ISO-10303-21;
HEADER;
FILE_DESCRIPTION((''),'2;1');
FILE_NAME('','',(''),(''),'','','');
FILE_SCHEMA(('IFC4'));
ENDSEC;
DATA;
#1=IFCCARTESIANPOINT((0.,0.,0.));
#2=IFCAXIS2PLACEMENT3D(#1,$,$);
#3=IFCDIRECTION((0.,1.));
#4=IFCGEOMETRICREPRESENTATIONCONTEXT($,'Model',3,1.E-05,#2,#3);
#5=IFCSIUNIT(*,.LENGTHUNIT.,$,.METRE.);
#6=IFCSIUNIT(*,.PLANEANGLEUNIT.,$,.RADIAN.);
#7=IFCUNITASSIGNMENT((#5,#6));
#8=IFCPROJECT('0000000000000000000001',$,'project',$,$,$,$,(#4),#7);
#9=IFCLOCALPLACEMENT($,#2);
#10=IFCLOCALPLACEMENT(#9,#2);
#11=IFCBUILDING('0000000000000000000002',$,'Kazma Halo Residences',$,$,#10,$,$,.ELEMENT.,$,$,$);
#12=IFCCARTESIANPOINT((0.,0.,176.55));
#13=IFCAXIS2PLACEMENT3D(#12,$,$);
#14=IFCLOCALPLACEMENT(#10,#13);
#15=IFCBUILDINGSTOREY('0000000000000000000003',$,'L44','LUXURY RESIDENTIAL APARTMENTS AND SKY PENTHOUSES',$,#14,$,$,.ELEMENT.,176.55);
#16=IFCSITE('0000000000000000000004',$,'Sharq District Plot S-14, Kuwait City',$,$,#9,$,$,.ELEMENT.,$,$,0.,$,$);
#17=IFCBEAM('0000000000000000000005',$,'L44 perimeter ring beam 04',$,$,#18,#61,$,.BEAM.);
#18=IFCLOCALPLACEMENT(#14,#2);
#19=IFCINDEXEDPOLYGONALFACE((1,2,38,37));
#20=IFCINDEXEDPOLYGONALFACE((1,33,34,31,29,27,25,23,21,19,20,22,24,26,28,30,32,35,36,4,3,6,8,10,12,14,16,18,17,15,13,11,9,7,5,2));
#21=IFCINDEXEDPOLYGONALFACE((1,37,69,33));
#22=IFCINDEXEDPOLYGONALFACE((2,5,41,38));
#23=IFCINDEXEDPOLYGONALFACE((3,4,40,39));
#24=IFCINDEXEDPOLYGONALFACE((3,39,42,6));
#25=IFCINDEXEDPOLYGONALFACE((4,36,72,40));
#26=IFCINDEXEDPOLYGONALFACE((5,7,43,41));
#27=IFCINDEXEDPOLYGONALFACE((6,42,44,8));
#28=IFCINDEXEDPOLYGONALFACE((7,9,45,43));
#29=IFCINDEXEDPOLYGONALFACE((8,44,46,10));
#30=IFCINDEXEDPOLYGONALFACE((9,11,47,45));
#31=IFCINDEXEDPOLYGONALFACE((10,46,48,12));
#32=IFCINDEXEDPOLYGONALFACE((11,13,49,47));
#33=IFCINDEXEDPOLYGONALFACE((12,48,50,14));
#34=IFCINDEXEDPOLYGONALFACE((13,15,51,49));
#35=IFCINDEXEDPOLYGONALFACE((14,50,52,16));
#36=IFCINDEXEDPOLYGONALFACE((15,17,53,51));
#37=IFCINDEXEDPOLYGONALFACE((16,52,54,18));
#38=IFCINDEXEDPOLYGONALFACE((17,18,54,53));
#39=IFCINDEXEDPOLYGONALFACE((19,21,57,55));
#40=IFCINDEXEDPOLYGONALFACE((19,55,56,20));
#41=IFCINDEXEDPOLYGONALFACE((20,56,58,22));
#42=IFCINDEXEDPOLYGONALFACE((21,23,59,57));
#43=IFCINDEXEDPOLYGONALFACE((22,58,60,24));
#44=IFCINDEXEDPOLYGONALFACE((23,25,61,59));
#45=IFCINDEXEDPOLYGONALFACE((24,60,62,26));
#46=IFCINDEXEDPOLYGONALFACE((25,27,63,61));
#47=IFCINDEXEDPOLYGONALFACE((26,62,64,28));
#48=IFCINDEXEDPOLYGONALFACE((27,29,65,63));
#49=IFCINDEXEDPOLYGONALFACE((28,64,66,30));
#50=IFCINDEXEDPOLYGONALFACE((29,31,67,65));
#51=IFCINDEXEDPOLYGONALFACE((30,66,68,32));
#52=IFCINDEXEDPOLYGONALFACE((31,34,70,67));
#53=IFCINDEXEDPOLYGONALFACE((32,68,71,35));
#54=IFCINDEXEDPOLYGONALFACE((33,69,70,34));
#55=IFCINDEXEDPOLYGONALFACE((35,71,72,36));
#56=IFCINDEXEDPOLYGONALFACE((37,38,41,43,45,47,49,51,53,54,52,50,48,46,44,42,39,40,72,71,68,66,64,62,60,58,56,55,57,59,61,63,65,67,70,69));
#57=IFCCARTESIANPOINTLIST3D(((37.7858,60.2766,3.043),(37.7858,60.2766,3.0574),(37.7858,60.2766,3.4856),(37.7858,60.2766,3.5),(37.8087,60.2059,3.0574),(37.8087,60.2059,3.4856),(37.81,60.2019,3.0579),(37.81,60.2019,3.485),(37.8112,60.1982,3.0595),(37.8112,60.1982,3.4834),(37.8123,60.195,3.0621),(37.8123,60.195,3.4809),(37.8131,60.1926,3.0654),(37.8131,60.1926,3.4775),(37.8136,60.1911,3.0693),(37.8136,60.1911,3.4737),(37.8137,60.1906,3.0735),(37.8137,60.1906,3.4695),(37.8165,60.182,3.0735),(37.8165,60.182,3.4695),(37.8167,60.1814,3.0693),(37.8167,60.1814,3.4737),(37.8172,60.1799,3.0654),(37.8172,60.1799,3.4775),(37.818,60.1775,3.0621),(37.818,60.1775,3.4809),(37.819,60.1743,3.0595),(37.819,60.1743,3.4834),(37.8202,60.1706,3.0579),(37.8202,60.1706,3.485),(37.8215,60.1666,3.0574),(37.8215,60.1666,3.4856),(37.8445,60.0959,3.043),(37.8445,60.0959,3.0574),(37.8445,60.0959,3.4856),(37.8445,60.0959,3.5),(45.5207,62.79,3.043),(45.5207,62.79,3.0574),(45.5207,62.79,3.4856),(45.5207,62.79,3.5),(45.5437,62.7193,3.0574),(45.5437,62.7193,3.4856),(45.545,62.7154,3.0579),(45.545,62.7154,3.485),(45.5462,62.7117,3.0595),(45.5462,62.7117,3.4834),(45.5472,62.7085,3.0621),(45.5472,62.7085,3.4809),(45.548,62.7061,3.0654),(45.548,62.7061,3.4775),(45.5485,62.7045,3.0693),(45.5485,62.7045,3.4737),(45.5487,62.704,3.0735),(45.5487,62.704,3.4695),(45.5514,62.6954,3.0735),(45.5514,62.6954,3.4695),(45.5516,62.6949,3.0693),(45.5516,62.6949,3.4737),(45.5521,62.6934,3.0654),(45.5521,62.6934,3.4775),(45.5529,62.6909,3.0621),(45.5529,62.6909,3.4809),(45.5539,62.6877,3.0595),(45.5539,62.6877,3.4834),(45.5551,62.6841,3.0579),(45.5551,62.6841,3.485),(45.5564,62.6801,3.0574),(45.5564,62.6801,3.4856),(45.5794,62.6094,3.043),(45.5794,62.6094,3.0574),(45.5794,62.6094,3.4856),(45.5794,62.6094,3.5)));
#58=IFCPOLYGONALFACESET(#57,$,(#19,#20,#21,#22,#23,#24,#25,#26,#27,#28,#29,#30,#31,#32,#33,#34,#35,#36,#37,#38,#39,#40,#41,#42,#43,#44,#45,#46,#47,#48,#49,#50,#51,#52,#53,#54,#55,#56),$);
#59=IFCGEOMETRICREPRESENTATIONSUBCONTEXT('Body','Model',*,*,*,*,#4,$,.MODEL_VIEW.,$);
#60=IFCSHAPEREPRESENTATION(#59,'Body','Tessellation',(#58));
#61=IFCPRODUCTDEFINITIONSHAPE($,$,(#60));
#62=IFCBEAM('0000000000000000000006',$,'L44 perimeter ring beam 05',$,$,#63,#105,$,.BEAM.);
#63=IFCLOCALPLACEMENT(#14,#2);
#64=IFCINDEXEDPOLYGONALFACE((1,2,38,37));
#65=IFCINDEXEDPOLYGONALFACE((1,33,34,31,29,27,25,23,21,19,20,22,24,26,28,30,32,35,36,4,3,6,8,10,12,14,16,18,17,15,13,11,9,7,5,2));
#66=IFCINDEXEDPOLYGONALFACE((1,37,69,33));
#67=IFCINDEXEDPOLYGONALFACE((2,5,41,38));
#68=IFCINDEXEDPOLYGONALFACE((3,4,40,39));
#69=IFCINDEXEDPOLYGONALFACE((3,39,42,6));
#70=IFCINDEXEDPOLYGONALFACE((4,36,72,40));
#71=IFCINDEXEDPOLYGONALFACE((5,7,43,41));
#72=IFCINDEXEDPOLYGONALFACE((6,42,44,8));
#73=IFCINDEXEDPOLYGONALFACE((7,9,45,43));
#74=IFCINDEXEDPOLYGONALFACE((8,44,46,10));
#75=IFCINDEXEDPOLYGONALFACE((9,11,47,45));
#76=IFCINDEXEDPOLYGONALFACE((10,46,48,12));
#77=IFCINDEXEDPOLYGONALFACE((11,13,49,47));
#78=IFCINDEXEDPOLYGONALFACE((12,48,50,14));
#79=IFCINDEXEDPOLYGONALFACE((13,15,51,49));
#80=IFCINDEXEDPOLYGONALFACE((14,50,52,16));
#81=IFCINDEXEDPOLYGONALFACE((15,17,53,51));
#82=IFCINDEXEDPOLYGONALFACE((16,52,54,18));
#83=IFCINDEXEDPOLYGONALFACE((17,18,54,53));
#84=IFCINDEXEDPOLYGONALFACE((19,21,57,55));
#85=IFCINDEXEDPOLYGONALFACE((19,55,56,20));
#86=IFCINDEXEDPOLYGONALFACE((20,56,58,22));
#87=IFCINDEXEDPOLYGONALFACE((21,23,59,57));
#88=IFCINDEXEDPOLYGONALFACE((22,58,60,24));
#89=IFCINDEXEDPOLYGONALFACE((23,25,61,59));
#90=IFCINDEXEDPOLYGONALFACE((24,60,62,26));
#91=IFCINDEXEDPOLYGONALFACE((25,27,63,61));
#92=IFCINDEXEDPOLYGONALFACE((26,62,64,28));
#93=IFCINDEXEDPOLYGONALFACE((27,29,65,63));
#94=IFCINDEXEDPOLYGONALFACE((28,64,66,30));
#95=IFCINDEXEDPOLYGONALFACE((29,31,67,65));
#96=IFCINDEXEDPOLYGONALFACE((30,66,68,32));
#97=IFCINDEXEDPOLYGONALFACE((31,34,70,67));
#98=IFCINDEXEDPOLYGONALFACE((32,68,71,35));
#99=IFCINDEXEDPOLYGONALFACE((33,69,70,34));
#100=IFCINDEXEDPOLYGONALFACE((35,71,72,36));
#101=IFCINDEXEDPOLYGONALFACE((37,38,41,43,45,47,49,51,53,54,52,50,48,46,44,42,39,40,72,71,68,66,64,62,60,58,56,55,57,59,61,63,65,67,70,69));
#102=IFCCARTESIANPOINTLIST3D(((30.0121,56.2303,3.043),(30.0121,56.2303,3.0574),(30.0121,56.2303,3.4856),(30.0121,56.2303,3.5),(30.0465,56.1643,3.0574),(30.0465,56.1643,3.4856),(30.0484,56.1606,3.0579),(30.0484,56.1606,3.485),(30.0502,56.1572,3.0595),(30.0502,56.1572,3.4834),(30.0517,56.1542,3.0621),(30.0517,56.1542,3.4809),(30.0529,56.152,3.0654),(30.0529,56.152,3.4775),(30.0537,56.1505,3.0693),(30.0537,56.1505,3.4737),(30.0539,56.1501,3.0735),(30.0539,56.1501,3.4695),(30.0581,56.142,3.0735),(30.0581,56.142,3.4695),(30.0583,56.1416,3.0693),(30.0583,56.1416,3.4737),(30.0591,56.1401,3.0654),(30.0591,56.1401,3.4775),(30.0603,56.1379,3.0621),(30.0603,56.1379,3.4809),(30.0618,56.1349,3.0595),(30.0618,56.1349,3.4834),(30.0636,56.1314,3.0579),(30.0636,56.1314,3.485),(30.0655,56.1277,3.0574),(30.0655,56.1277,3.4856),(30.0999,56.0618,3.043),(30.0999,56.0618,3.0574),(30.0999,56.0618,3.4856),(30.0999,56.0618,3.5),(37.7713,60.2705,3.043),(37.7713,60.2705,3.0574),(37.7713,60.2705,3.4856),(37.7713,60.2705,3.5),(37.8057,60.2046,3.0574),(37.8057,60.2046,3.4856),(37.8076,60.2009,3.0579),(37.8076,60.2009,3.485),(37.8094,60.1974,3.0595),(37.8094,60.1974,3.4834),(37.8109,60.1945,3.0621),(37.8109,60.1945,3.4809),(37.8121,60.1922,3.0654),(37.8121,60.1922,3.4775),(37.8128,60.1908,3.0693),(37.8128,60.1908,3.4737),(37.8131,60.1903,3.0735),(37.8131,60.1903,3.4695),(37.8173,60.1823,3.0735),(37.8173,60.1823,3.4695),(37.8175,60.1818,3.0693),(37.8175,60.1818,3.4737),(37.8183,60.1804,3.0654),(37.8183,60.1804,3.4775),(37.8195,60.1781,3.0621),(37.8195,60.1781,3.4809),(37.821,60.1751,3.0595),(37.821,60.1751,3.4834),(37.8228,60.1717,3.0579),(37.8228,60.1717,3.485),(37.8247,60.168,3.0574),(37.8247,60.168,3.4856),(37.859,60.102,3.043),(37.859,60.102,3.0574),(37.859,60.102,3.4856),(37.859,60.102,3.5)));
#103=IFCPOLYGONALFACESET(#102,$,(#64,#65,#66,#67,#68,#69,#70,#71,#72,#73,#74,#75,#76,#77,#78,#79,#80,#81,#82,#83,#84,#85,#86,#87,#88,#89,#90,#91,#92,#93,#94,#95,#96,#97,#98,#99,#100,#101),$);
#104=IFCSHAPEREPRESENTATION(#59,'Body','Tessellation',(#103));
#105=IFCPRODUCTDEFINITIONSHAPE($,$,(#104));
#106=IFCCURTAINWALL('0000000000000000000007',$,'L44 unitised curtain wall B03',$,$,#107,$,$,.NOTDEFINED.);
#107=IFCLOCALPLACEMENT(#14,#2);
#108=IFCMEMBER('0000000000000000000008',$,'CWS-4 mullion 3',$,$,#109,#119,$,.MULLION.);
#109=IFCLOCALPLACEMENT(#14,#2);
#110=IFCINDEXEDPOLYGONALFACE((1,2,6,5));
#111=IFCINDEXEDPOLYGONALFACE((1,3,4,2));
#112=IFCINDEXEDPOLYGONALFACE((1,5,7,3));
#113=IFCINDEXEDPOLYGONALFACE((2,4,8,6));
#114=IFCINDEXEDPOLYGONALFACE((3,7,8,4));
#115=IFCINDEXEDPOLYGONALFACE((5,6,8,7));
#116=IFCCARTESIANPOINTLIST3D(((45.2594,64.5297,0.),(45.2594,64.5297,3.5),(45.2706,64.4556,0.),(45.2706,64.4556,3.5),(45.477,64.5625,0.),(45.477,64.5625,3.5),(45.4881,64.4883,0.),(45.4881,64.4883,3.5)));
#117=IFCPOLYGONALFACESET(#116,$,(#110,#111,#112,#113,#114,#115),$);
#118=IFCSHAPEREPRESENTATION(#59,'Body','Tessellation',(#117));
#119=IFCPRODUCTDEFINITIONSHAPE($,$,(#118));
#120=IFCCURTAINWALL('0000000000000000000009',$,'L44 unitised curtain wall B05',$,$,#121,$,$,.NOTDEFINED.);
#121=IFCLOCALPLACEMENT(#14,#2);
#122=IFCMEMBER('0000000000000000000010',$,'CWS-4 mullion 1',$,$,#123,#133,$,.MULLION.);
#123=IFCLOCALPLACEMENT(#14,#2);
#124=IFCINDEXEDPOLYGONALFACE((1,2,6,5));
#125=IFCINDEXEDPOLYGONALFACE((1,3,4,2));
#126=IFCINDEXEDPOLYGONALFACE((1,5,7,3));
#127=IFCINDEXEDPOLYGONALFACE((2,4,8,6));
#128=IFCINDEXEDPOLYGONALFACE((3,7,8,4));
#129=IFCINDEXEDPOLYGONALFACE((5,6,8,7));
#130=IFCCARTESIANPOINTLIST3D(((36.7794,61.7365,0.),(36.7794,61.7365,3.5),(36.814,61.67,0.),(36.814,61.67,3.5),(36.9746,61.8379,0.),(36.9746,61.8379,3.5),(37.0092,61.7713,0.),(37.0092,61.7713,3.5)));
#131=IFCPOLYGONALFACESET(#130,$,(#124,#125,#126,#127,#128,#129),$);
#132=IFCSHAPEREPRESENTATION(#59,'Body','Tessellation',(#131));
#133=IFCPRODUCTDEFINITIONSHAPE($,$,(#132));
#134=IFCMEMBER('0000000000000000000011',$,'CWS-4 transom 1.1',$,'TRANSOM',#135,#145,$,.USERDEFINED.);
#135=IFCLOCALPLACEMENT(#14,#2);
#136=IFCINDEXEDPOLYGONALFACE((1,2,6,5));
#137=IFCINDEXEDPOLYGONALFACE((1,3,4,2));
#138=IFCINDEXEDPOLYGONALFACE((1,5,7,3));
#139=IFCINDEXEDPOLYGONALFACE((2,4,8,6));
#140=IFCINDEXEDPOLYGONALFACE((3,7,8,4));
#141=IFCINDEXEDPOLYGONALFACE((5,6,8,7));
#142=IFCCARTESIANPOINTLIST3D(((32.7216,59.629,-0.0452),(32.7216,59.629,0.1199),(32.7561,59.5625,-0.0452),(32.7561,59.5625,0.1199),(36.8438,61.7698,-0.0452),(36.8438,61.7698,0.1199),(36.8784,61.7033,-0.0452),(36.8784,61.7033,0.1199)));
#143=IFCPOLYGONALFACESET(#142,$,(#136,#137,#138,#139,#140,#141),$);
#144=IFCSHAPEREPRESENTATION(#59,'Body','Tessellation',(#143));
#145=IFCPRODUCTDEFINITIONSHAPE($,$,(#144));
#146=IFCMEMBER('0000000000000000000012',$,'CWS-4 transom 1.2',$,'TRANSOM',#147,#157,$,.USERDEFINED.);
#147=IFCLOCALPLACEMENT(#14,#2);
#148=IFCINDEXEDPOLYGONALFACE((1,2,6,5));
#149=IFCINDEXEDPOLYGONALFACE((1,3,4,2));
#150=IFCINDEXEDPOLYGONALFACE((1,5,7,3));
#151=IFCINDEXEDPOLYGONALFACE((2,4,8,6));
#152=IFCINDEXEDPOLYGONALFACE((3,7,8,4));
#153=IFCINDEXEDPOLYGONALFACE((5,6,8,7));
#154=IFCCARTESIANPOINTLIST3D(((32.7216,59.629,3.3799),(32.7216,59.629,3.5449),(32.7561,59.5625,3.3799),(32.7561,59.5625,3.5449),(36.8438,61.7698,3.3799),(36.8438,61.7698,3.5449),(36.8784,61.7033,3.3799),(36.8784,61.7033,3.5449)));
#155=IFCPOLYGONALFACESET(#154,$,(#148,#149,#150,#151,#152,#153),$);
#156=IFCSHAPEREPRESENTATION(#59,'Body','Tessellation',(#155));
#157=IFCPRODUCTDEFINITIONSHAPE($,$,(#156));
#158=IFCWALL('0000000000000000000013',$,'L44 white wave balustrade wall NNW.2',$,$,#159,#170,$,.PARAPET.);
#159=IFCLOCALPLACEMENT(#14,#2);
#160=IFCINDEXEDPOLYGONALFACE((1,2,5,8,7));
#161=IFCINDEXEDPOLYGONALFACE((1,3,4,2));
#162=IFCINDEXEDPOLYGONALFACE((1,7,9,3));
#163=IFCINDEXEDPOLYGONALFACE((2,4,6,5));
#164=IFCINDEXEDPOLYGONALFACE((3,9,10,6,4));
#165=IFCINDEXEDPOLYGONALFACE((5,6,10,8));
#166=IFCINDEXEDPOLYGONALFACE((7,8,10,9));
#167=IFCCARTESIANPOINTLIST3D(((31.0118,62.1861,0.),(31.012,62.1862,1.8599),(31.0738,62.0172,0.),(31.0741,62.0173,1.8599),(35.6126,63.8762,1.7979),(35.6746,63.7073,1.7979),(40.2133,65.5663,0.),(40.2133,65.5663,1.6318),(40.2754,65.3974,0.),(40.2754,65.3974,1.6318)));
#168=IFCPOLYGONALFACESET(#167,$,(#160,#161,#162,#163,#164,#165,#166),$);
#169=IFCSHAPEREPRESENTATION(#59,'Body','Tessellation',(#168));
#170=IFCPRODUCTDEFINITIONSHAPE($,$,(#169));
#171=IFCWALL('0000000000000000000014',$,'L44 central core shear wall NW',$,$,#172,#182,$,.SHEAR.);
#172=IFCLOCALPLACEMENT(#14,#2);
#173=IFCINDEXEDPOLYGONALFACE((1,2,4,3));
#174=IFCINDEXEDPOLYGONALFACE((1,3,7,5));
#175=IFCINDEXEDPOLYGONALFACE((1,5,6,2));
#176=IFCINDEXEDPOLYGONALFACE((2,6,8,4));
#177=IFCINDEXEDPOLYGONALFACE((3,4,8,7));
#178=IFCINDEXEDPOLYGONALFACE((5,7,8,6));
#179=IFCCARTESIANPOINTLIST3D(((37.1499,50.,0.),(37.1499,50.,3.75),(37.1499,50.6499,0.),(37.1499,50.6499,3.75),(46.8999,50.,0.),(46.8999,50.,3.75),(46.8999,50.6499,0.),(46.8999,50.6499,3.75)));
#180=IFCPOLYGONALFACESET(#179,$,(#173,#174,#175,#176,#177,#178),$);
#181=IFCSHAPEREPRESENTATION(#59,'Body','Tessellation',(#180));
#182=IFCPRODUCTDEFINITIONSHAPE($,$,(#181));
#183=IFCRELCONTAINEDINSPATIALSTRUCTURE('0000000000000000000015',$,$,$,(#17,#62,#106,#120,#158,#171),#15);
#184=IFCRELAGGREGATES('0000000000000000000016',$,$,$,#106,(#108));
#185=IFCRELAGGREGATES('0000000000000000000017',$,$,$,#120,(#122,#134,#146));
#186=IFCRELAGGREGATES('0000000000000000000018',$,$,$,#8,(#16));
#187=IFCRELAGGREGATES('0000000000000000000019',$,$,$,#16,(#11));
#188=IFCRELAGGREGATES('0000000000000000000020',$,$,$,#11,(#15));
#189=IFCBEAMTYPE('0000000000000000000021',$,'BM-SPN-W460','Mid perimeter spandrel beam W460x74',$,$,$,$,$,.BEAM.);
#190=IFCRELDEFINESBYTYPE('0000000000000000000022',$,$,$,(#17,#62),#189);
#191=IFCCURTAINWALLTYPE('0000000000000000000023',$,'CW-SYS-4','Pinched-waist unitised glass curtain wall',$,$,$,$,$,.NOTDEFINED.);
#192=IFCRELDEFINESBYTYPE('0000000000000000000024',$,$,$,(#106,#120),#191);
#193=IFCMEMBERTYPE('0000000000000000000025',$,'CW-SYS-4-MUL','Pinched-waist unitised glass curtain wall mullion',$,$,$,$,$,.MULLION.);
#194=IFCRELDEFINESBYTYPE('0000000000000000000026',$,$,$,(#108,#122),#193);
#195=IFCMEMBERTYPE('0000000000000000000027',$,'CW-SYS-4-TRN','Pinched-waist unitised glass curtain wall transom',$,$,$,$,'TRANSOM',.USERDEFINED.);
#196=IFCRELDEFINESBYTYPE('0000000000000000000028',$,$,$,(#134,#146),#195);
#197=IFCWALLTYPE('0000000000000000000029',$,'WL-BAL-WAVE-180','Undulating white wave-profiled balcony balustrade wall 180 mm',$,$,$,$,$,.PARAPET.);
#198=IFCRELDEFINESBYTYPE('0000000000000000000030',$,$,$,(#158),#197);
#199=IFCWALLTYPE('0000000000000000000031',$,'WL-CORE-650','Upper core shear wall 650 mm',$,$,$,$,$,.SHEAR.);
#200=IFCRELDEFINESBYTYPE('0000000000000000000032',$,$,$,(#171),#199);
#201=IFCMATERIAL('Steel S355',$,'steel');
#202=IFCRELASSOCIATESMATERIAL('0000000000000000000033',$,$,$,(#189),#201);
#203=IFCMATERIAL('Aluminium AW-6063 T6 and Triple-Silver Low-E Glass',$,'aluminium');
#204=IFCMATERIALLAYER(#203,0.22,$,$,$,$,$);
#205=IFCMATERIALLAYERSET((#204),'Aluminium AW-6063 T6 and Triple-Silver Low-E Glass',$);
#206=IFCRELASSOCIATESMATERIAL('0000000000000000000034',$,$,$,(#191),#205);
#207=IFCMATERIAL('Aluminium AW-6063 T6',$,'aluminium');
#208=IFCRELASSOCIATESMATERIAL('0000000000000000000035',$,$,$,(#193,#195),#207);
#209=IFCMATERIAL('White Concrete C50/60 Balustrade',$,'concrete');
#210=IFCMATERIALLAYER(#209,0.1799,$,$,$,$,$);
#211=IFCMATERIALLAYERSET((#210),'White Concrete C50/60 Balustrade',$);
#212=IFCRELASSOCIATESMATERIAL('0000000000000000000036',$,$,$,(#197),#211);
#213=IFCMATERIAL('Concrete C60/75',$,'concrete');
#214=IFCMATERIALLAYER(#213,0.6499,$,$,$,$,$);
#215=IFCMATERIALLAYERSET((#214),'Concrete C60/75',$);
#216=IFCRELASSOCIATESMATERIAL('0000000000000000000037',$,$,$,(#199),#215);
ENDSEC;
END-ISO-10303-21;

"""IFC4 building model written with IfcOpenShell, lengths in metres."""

from ifc_helpers import new_model, si_unit, direction, frame, frame_2d, origin, origin_2d, place, context, subcontext, project, spatial, polyline, rectangle, i_section, outline, extrude, material, layer, layer_set, material_profile, profile_set, type_object, element, aggregate, save


model = new_model("IFC4")

# Units and contexts
model_context = context("Model", 3, precision=1e-05, world=origin(), true_north=direction((0.0, 1.0)))
body_context = subcontext(model_context, "Body", "Model", "MODEL_VIEW")
ifc_project = project(units=[si_unit("LENGTHUNIT", "METRE"), si_unit("PLANEANGLEUNIT", "RADIAN")], contexts=[model_context])

# Site, building, storey
site_placement = place(None, origin())
site = spatial("IfcSite", under=ifc_project, at=site_placement, Name="Sharq District Plot S-14, Kuwait City", CompositionType="ELEMENT", RefElevation=0.0)
building_placement = place(site_placement, origin())
building = spatial("IfcBuilding", under=site, at=building_placement, Name="Kazma Halo Residences", CompositionType="ELEMENT")
storey_placement = place(building_placement, frame((0.0, 0.0, 176.55)))
storey = spatial("IfcBuildingStorey", under=building, at=storey_placement, Name="L44", Description="LUXURY RESIDENTIAL APARTMENTS AND SKY PENTHOUSES", CompositionType="ELEMENT", Elevation=176.55)

# Beams
ifc_material_1 = material(Name="Steel S355", Category="steel")
ifc_material_profile_1 = material_profile(ifc_material_1, i_section(OverallWidth=0.1899, OverallDepth=0.457, WebThickness=0.009, FlangeThickness=0.0144, FilletRadius=0.0161, at=origin_2d()), Name="W460x74")
ifc_profile_set_1 = profile_set([ifc_material_profile_1], Name="Steel S355")
beam_type_1 = type_object("IfcBeamType", Name="BM-SPN-W460", Description="Mid perimeter spandrel beam W460x74", PredefinedType="BEAM", material=ifc_profile_set_1)
beam_1_placement = place(storey_placement, frame((45.55, 62.6997, 3.2715), z_axis=(-0.951049, -0.309041, 0.0), x_axis=(0.309041, -0.951049, 0.0)))
element("IfcBeam", 1, at=beam_1_placement, inside=storey, type_object=beam_type_1, Name="L44 perimeter ring beam 04", PredefinedType="BEAM", context=body_context, shape_type="SweptSolid", body=[
    extrude(i_section(OverallWidth=0.1899, OverallDepth=0.457, WebThickness=0.009, FlangeThickness=0.0144, FilletRadius=0.0161, at=origin_2d()), origin(), (0.0, 0.0, 1.0), 8.1331),
])
beam_2_placement = place(storey_placement, frame((37.8152, 60.1863, 3.2715), z_axis=(-0.886961, -0.461844, 0.0), x_axis=(0.461844, -0.886961, 0.0)))
element("IfcBeam", 2, at=beam_2_placement, inside=storey, type_object=beam_type_1, Name="L44 perimeter ring beam 05", PredefinedType="BEAM", context=body_context, shape_type="SweptSolid", body=[
    extrude(i_section(OverallWidth=0.1899, OverallDepth=0.457, WebThickness=0.009, FlangeThickness=0.0144, FilletRadius=0.0161, at=origin_2d()), origin(), (0.0, 0.0, 1.0), 8.748),
])

# Curtain wall, member
ifc_material_2 = material(Name="Aluminium AW-6063 T6 and Triple-Silver Low-E Glass", Category="aluminium")
ifc_layer_1 = layer(ifc_material_2, 0.22)
ifc_layer_set_1 = layer_set([ifc_layer_1], Name="Aluminium AW-6063 T6 and Triple-Silver Low-E Glass")
curtain_wall_type = type_object("IfcCurtainWallType", Name="CW-SYS-4", Description="Pinched-waist unitised glass curtain wall", PredefinedType="NOTDEFINED", material=ifc_layer_set_1)
curtain_wall_1_placement = place(storey_placement, origin())
curtain_wall_1 = element("IfcCurtainWall", 3, at=curtain_wall_1_placement, inside=storey, type_object=curtain_wall_type, Name="L44 unitised curtain wall B03", PredefinedType="NOTDEFINED")
ifc_material_3 = material(Name="Aluminium AW-6063 T6", Category="aluminium")
ifc_material_profile_2 = material_profile(ifc_material_3, rectangle(XDim=0.075, YDim=0.22, at=origin_2d()), Name="CWM-75x220")
ifc_profile_set_2 = profile_set([ifc_material_profile_2], Name="Aluminium AW-6063 T6")
member_type_1 = type_object("IfcMemberType", Name="CW-SYS-4-MUL", Description="Pinched-waist unitised glass curtain wall mullion", PredefinedType="MULLION", material=ifc_profile_set_2)
member_1_placement = place(storey_placement, frame((45.3738, 64.509, 0.0), z_axis=(0.0, 0.0, 1.0), x_axis=(0.148773, -0.988871, 0.0)))
member_1 = element("IfcMember", 4, at=member_1_placement, type_object=member_type_1, Name="CWS-4 mullion 3", PredefinedType="MULLION", context=body_context, shape_type="SweptSolid", body=[
    extrude(rectangle(XDim=0.075, YDim=0.22, at=origin_2d()), origin(), (0.0, 0.0, 1.0), 3.5),
])
aggregate(curtain_wall_1, [member_1])

# Curtain wall, members
curtain_wall_2_placement = place(storey_placement, origin())
curtain_wall_2 = element("IfcCurtainWall", 5, at=curtain_wall_2_placement, inside=storey, type_object=curtain_wall_type, Name="L44 unitised curtain wall B05", PredefinedType="NOTDEFINED")
member_2_placement = place(storey_placement, frame((36.8943, 61.7539, 0.0), z_axis=(0.0, 0.0, 1.0), x_axis=(0.460874, -0.887466, 0.0)))
member_2 = element("IfcMember", 6, at=member_2_placement, type_object=member_type_1, Name="CWS-4 mullion 1", PredefinedType="MULLION", context=body_context, shape_type="SweptSolid", body=[
    extrude(rectangle(XDim=0.075, YDim=0.22, at=origin_2d()), origin(), (0.0, 0.0, 1.0), 3.5),
])
ifc_material_profile_3 = material_profile(ifc_material_3, rectangle(XDim=0.075, YDim=0.165, at=origin_2d()), Name="CWT-75x165")
ifc_profile_set_3 = profile_set([ifc_material_profile_3], Name="Aluminium AW-6063 T6")
member_type_2 = type_object("IfcMemberType", Name="CW-SYS-4-TRN", Description="Pinched-waist unitised glass curtain wall transom", ElementType="TRANSOM", PredefinedType="USERDEFINED", material=ifc_profile_set_3)
member_3_placement = place(storey_placement, frame((36.8611, 61.7366, 0.0374), z_axis=(-0.887458, -0.460889, 0.0), x_axis=(0.460889, -0.887458, 0.0)))
member_3 = element("IfcMember", 7, at=member_3_placement, type_object=member_type_2, Name="CWS-4 transom 1.1", ObjectType="TRANSOM", PredefinedType="USERDEFINED", context=body_context, shape_type="SweptSolid", body=[
    extrude(rectangle(XDim=0.075, YDim=0.165, at=origin_2d()), origin(), (0.0, 0.0, 1.0), 4.645),
])
member_4_placement = place(storey_placement, frame((36.8611, 61.7366, 3.4624), z_axis=(-0.887458, -0.460889, 0.0), x_axis=(0.460889, -0.887458, 0.0)))
member_4 = element("IfcMember", 8, at=member_4_placement, type_object=member_type_2, Name="CWS-4 transom 1.2", ObjectType="TRANSOM", PredefinedType="USERDEFINED", context=body_context, shape_type="SweptSolid", body=[
    extrude(rectangle(XDim=0.075, YDim=0.165, at=origin_2d()), origin(), (0.0, 0.0, 1.0), 4.645),
])
aggregate(curtain_wall_2, [member_2, member_3, member_4])

# Walls
ifc_material_4 = material(Name="White Concrete C50/60 Balustrade", Category="concrete")
ifc_layer_2 = layer(ifc_material_4, 0.1799)
ifc_layer_set_2 = layer_set([ifc_layer_2], Name="White Concrete C50/60 Balustrade")
wall_type_1 = type_object("IfcWallType", Name="WL-BAL-WAVE-180", Description="Undulating white wave-profiled balcony balustrade wall 180 mm", PredefinedType="PARAPET", material=ifc_layer_set_2)
wall_1_placement = place(storey_placement, frame((40.2444, 65.4817, 0.0), z_axis=(0.0, 0.0, 1.0), x_axis=(-0.938669, -0.344819, 0.0)))
element("IfcWall", 9, at=wall_1_placement, inside=storey, type_object=wall_type_1, Name="L44 white wave balustrade wall NNW.2", PredefinedType="PARAPET", context=body_context, shape_type="SweptSolid", body=[
    extrude(outline(polyline([(0.0, 0.0), (9.8027, 0.0), (9.8025, 1.8599), (4.9014, 1.7979), (0.0, 1.6318), (0.0, 0.0)])), frame((0.0, 0.0898, 0.0), z_axis=(0.0, -1.0, 0.0), x_axis=(1.0, 0.0, 0.0)), (0.0, 0.0, 1.0), 0.1799),
])
ifc_material_5 = material(Name="Concrete C60/75", Category="concrete")
ifc_layer_3 = layer(ifc_material_5, 0.6499)
ifc_layer_set_3 = layer_set([ifc_layer_3], Name="Concrete C60/75")
wall_type_2 = type_object("IfcWallType", Name="WL-CORE-650", Description="Upper core shear wall 650 mm", PredefinedType="SHEAR", material=ifc_layer_set_3)
wall_2_placement = place(storey_placement, frame((37.1499, 50.325, 0.0), z_axis=(0.0, 0.0, 1.0), x_axis=(1.0, 0.0, 0.0)))
element("IfcWall", 10, at=wall_2_placement, inside=storey, type_object=wall_type_2, Name="L44 central core shear wall NW", PredefinedType="SHEAR", context=body_context, shape_type="SweptSolid", body=[
    extrude(rectangle(XDim=9.75, YDim=0.6499, at=frame_2d((4.875, 0.0))), origin(), (0.0, 0.0, 1.0), 3.75),
])

save(model, "model.ifc")
